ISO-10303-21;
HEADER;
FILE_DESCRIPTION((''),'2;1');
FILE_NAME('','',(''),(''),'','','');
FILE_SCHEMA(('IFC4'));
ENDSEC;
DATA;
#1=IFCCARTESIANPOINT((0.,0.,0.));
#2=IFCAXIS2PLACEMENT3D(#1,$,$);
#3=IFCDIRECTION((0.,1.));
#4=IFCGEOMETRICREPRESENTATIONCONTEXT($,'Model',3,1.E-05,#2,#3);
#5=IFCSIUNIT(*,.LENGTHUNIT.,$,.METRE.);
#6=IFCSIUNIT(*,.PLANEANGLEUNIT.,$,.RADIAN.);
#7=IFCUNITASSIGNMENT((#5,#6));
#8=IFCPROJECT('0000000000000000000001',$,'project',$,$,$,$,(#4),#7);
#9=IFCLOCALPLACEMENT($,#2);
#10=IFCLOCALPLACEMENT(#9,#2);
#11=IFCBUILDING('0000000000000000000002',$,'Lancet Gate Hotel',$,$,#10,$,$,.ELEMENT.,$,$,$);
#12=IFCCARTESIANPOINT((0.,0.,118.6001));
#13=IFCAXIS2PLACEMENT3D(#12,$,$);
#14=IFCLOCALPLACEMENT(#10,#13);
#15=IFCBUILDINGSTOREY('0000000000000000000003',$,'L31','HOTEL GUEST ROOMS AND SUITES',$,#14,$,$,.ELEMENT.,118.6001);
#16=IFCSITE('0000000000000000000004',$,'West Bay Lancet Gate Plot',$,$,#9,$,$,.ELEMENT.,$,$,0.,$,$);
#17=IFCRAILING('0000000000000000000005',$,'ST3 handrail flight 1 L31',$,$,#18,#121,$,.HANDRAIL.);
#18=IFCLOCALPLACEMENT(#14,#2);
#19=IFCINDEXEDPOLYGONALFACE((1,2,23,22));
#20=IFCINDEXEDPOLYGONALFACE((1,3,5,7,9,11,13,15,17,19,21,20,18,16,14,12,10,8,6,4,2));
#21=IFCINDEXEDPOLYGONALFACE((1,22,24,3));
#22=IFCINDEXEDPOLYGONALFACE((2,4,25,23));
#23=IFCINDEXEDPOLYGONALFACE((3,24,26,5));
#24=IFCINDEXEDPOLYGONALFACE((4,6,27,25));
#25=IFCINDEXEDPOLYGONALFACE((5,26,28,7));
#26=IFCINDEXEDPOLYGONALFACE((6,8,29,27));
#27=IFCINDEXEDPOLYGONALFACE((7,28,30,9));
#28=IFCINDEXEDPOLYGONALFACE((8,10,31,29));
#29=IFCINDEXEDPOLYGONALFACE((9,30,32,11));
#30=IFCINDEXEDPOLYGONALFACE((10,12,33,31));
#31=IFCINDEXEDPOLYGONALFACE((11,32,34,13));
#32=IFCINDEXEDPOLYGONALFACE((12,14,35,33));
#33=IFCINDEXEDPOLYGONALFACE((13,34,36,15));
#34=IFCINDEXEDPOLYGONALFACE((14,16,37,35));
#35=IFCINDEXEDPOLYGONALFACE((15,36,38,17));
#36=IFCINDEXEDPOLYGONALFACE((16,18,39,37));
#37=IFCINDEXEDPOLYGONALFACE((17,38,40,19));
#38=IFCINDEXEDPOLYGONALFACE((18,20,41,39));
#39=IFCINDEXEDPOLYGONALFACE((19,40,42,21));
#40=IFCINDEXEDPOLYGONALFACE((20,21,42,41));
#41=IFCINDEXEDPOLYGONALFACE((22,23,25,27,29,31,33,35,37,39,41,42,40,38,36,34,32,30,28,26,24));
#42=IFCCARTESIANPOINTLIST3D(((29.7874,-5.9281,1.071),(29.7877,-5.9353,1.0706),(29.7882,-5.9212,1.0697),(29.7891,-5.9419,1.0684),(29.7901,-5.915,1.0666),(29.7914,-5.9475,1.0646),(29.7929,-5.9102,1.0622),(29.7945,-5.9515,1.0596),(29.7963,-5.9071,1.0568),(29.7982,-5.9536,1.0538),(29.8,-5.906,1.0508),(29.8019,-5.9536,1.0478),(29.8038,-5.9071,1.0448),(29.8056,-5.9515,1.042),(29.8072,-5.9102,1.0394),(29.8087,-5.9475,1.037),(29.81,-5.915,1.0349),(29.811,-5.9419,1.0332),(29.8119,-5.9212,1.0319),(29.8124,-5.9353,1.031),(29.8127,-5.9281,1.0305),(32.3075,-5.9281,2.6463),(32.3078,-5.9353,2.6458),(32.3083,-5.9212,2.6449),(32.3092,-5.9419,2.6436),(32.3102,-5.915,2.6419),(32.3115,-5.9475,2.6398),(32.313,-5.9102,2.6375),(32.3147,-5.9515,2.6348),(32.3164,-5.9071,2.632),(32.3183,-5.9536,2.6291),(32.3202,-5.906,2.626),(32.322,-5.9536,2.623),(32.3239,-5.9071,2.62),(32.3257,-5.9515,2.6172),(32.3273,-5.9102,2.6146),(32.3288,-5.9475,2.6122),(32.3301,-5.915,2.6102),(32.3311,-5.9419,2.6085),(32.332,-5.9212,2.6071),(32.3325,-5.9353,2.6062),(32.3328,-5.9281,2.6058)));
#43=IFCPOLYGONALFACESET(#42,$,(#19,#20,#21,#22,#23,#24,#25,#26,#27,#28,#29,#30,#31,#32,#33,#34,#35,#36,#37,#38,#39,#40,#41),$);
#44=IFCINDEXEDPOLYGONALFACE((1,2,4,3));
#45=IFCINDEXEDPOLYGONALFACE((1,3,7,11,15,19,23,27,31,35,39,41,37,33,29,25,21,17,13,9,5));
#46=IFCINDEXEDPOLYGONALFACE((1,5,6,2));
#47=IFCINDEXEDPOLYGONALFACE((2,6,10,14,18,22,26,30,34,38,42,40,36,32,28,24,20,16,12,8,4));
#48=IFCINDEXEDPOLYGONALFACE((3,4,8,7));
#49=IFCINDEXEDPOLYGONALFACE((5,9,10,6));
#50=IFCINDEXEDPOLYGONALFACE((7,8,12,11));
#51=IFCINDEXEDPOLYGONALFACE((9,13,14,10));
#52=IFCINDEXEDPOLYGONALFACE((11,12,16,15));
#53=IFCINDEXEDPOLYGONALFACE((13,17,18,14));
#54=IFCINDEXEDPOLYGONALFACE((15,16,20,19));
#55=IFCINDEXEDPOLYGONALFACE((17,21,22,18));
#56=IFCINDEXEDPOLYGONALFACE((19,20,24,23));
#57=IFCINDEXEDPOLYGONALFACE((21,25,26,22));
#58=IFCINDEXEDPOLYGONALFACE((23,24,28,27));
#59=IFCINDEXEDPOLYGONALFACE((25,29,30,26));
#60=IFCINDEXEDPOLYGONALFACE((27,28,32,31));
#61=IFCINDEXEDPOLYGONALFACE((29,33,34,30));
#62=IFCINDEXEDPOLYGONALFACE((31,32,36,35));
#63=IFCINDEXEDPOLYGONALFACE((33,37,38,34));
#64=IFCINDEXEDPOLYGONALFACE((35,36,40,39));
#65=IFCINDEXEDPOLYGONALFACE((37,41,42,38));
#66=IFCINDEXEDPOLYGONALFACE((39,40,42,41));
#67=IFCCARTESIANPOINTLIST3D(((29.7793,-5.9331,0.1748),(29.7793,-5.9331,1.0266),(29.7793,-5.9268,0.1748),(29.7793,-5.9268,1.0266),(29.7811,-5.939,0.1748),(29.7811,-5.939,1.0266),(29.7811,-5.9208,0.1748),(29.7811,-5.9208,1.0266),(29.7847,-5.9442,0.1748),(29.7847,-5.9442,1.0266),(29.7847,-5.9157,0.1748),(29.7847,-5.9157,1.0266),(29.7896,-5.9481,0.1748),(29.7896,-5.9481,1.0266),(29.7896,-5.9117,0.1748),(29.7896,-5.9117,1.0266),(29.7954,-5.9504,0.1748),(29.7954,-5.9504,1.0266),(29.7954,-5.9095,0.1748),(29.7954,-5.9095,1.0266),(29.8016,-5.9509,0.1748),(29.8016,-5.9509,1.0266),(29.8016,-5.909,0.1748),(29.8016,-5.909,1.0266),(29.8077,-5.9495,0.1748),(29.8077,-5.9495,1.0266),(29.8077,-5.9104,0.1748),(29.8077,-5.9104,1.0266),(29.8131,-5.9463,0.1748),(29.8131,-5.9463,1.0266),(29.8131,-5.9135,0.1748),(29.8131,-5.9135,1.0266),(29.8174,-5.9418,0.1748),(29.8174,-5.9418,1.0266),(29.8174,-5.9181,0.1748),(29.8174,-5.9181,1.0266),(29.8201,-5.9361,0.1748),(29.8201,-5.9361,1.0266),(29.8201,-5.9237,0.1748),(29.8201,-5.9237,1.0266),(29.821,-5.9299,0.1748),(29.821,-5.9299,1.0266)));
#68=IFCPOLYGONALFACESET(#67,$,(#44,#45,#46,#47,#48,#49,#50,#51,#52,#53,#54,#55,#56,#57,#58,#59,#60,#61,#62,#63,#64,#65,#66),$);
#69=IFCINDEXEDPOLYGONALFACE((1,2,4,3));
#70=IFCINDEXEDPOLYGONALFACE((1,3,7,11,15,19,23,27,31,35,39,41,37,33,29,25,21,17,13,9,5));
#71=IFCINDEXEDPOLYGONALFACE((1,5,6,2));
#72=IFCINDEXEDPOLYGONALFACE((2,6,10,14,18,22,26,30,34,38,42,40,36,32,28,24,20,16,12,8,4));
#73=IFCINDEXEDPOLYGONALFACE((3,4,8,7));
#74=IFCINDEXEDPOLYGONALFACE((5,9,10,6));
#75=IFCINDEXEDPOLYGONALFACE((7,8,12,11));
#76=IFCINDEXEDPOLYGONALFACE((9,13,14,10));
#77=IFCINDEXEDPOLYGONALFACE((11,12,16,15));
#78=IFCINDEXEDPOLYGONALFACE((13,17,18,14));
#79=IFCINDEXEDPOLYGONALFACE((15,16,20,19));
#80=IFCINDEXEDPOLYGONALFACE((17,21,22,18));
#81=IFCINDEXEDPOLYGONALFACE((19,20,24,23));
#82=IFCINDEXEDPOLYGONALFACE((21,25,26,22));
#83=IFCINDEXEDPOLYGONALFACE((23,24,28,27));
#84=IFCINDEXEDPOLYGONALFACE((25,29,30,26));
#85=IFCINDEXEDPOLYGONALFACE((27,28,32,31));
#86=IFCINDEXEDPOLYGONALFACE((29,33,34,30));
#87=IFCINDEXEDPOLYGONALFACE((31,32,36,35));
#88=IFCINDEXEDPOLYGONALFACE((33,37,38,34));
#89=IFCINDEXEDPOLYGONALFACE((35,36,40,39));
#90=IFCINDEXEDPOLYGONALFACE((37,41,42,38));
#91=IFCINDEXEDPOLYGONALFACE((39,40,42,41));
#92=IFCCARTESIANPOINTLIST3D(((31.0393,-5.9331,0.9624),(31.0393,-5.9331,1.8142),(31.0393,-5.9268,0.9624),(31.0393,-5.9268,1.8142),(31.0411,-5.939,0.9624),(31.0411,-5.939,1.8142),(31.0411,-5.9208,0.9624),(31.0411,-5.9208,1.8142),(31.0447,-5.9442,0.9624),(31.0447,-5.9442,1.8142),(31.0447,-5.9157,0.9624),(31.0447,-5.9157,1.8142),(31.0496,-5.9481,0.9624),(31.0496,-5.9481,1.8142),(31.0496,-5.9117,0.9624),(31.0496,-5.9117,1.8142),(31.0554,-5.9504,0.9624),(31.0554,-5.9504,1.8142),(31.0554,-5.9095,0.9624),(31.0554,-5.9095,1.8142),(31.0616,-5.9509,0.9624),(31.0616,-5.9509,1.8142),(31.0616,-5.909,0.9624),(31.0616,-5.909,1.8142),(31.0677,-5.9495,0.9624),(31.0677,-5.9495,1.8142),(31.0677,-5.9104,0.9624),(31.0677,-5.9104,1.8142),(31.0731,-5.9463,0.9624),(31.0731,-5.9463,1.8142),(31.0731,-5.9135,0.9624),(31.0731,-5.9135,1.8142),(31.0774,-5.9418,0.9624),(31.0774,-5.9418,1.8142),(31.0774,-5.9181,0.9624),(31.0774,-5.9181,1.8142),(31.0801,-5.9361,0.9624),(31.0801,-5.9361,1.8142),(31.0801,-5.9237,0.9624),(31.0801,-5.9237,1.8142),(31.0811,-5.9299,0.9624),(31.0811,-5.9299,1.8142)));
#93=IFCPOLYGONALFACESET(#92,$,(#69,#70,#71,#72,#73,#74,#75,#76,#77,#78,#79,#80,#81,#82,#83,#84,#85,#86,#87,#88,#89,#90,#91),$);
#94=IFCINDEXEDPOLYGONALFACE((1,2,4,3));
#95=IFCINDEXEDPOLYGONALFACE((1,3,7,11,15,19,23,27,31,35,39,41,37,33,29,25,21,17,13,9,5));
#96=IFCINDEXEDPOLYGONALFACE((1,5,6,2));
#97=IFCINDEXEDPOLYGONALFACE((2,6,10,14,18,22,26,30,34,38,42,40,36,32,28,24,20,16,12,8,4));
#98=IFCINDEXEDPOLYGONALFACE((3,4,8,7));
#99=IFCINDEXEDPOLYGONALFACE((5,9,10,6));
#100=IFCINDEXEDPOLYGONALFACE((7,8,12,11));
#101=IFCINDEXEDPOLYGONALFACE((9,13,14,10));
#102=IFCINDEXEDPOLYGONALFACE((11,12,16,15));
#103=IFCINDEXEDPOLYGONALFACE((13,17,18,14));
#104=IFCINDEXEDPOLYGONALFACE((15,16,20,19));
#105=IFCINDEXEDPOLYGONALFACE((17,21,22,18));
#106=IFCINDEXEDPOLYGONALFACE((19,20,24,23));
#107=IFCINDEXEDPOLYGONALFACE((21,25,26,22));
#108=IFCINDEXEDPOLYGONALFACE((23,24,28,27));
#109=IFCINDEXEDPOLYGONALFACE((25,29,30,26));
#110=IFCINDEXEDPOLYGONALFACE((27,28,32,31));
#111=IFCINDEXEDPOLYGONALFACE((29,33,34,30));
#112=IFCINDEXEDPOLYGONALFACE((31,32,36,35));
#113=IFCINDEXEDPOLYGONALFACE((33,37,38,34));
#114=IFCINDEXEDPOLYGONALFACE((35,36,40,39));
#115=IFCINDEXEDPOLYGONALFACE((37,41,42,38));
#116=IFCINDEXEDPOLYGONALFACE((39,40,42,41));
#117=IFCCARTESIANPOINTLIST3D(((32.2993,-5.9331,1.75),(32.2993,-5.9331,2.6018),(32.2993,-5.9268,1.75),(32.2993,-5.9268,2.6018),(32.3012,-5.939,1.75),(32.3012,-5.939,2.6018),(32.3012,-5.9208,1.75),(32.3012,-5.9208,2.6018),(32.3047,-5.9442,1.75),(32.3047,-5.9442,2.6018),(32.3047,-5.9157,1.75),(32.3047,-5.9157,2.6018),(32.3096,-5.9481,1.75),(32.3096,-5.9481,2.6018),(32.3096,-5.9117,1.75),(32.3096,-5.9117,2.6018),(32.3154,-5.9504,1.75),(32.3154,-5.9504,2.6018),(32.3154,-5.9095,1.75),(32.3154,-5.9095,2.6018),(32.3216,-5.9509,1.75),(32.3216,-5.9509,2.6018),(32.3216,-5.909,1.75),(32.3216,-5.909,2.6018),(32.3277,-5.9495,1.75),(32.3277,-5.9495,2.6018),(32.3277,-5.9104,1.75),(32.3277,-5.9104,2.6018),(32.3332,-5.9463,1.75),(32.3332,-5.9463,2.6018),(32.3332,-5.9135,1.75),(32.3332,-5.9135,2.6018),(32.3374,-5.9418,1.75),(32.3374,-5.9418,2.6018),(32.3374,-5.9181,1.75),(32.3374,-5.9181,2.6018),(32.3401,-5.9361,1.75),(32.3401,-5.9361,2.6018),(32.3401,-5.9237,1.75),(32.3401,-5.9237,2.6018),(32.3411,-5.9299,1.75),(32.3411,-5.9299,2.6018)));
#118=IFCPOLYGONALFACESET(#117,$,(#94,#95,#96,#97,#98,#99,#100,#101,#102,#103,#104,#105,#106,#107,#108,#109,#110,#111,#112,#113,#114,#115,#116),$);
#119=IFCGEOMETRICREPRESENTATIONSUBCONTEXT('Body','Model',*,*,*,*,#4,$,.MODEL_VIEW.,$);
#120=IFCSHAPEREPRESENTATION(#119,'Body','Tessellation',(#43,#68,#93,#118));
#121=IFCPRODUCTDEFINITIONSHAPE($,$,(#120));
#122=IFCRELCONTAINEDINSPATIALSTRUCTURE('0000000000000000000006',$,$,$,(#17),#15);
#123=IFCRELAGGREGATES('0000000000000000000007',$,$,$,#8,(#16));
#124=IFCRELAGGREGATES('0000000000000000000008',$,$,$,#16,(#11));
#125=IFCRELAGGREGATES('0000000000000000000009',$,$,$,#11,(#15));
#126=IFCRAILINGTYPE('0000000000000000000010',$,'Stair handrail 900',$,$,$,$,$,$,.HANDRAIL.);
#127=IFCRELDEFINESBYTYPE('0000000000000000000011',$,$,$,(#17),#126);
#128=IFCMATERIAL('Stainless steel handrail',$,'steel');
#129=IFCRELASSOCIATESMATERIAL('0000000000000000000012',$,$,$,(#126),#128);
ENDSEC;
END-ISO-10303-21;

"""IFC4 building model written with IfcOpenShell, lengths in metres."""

from ifc_helpers import new_model, si_unit, direction, frame, origin, origin_2d, place, context, subcontext, project, spatial, circle, extrude, material, type_object, element, save


model = new_model("IFC4")

# Units and contexts
model_context = context("Model", 3, precision=1e-05, world=origin(), true_north=direction((0.0, 1.0)))
body_context = subcontext(model_context, "Body", "Model", "MODEL_VIEW")
ifc_project = project(units=[si_unit("LENGTHUNIT", "METRE"), si_unit("PLANEANGLEUNIT", "RADIAN")], contexts=[model_context])

# Site, building, storey
site_placement = place(None, origin())
site = spatial("IfcSite", under=ifc_project, at=site_placement, Name="West Bay Lancet Gate Plot", CompositionType="ELEMENT", RefElevation=0.0)
building_placement = place(site_placement, origin())
building = spatial("IfcBuilding", under=site, at=building_placement, Name="Lancet Gate Hotel", CompositionType="ELEMENT")
storey_placement = place(building_placement, frame((0.0, 0.0, 118.6001)))
storey = spatial("IfcBuildingStorey", under=building, at=storey_placement, Name="L31", Description="HOTEL GUEST ROOMS AND SUITES", CompositionType="ELEMENT", Elevation=118.6001)

# Railing
ifc_material_1 = material(Name="Stainless steel handrail", Category="steel")
railing_type = type_object("IfcRailingType", Name="Stair handrail 900", PredefinedType="HANDRAIL", material=ifc_material_1)
railing_1_placement = place(storey_placement, frame((29.8, -5.9299, 0.1748)))
element("IfcRailing", 1, at=railing_1_placement, inside=storey, type_object=railing_type, Name="ST3 handrail flight 1 L31", PredefinedType="HANDRAIL", context=body_context, shape_type="SweptSolid", body=[
    extrude(circle(Radius=0.0239, at=origin_2d()), frame((0.0, 0.0, 0.876), z_axis=(0.847971, 0.0, 0.530043), x_axis=(0.0, 1.0, 0.0)), (0.0, 0.0, 1.0), 2.9719),
    extrude(circle(Radius=0.021, at=origin_2d()), origin(), (0.0, 0.0, 1.0), 0.8518),
    extrude(circle(Radius=0.021, at=origin_2d()), frame((1.26, 0.0, 0.7876)), (0.0, 0.0, 1.0), 0.8518),
    extrude(circle(Radius=0.021, at=origin_2d()), frame((2.52, 0.0, 1.5752)), (0.0, 0.0, 1.0), 0.8518),
])

save(model, "model.ifc")
